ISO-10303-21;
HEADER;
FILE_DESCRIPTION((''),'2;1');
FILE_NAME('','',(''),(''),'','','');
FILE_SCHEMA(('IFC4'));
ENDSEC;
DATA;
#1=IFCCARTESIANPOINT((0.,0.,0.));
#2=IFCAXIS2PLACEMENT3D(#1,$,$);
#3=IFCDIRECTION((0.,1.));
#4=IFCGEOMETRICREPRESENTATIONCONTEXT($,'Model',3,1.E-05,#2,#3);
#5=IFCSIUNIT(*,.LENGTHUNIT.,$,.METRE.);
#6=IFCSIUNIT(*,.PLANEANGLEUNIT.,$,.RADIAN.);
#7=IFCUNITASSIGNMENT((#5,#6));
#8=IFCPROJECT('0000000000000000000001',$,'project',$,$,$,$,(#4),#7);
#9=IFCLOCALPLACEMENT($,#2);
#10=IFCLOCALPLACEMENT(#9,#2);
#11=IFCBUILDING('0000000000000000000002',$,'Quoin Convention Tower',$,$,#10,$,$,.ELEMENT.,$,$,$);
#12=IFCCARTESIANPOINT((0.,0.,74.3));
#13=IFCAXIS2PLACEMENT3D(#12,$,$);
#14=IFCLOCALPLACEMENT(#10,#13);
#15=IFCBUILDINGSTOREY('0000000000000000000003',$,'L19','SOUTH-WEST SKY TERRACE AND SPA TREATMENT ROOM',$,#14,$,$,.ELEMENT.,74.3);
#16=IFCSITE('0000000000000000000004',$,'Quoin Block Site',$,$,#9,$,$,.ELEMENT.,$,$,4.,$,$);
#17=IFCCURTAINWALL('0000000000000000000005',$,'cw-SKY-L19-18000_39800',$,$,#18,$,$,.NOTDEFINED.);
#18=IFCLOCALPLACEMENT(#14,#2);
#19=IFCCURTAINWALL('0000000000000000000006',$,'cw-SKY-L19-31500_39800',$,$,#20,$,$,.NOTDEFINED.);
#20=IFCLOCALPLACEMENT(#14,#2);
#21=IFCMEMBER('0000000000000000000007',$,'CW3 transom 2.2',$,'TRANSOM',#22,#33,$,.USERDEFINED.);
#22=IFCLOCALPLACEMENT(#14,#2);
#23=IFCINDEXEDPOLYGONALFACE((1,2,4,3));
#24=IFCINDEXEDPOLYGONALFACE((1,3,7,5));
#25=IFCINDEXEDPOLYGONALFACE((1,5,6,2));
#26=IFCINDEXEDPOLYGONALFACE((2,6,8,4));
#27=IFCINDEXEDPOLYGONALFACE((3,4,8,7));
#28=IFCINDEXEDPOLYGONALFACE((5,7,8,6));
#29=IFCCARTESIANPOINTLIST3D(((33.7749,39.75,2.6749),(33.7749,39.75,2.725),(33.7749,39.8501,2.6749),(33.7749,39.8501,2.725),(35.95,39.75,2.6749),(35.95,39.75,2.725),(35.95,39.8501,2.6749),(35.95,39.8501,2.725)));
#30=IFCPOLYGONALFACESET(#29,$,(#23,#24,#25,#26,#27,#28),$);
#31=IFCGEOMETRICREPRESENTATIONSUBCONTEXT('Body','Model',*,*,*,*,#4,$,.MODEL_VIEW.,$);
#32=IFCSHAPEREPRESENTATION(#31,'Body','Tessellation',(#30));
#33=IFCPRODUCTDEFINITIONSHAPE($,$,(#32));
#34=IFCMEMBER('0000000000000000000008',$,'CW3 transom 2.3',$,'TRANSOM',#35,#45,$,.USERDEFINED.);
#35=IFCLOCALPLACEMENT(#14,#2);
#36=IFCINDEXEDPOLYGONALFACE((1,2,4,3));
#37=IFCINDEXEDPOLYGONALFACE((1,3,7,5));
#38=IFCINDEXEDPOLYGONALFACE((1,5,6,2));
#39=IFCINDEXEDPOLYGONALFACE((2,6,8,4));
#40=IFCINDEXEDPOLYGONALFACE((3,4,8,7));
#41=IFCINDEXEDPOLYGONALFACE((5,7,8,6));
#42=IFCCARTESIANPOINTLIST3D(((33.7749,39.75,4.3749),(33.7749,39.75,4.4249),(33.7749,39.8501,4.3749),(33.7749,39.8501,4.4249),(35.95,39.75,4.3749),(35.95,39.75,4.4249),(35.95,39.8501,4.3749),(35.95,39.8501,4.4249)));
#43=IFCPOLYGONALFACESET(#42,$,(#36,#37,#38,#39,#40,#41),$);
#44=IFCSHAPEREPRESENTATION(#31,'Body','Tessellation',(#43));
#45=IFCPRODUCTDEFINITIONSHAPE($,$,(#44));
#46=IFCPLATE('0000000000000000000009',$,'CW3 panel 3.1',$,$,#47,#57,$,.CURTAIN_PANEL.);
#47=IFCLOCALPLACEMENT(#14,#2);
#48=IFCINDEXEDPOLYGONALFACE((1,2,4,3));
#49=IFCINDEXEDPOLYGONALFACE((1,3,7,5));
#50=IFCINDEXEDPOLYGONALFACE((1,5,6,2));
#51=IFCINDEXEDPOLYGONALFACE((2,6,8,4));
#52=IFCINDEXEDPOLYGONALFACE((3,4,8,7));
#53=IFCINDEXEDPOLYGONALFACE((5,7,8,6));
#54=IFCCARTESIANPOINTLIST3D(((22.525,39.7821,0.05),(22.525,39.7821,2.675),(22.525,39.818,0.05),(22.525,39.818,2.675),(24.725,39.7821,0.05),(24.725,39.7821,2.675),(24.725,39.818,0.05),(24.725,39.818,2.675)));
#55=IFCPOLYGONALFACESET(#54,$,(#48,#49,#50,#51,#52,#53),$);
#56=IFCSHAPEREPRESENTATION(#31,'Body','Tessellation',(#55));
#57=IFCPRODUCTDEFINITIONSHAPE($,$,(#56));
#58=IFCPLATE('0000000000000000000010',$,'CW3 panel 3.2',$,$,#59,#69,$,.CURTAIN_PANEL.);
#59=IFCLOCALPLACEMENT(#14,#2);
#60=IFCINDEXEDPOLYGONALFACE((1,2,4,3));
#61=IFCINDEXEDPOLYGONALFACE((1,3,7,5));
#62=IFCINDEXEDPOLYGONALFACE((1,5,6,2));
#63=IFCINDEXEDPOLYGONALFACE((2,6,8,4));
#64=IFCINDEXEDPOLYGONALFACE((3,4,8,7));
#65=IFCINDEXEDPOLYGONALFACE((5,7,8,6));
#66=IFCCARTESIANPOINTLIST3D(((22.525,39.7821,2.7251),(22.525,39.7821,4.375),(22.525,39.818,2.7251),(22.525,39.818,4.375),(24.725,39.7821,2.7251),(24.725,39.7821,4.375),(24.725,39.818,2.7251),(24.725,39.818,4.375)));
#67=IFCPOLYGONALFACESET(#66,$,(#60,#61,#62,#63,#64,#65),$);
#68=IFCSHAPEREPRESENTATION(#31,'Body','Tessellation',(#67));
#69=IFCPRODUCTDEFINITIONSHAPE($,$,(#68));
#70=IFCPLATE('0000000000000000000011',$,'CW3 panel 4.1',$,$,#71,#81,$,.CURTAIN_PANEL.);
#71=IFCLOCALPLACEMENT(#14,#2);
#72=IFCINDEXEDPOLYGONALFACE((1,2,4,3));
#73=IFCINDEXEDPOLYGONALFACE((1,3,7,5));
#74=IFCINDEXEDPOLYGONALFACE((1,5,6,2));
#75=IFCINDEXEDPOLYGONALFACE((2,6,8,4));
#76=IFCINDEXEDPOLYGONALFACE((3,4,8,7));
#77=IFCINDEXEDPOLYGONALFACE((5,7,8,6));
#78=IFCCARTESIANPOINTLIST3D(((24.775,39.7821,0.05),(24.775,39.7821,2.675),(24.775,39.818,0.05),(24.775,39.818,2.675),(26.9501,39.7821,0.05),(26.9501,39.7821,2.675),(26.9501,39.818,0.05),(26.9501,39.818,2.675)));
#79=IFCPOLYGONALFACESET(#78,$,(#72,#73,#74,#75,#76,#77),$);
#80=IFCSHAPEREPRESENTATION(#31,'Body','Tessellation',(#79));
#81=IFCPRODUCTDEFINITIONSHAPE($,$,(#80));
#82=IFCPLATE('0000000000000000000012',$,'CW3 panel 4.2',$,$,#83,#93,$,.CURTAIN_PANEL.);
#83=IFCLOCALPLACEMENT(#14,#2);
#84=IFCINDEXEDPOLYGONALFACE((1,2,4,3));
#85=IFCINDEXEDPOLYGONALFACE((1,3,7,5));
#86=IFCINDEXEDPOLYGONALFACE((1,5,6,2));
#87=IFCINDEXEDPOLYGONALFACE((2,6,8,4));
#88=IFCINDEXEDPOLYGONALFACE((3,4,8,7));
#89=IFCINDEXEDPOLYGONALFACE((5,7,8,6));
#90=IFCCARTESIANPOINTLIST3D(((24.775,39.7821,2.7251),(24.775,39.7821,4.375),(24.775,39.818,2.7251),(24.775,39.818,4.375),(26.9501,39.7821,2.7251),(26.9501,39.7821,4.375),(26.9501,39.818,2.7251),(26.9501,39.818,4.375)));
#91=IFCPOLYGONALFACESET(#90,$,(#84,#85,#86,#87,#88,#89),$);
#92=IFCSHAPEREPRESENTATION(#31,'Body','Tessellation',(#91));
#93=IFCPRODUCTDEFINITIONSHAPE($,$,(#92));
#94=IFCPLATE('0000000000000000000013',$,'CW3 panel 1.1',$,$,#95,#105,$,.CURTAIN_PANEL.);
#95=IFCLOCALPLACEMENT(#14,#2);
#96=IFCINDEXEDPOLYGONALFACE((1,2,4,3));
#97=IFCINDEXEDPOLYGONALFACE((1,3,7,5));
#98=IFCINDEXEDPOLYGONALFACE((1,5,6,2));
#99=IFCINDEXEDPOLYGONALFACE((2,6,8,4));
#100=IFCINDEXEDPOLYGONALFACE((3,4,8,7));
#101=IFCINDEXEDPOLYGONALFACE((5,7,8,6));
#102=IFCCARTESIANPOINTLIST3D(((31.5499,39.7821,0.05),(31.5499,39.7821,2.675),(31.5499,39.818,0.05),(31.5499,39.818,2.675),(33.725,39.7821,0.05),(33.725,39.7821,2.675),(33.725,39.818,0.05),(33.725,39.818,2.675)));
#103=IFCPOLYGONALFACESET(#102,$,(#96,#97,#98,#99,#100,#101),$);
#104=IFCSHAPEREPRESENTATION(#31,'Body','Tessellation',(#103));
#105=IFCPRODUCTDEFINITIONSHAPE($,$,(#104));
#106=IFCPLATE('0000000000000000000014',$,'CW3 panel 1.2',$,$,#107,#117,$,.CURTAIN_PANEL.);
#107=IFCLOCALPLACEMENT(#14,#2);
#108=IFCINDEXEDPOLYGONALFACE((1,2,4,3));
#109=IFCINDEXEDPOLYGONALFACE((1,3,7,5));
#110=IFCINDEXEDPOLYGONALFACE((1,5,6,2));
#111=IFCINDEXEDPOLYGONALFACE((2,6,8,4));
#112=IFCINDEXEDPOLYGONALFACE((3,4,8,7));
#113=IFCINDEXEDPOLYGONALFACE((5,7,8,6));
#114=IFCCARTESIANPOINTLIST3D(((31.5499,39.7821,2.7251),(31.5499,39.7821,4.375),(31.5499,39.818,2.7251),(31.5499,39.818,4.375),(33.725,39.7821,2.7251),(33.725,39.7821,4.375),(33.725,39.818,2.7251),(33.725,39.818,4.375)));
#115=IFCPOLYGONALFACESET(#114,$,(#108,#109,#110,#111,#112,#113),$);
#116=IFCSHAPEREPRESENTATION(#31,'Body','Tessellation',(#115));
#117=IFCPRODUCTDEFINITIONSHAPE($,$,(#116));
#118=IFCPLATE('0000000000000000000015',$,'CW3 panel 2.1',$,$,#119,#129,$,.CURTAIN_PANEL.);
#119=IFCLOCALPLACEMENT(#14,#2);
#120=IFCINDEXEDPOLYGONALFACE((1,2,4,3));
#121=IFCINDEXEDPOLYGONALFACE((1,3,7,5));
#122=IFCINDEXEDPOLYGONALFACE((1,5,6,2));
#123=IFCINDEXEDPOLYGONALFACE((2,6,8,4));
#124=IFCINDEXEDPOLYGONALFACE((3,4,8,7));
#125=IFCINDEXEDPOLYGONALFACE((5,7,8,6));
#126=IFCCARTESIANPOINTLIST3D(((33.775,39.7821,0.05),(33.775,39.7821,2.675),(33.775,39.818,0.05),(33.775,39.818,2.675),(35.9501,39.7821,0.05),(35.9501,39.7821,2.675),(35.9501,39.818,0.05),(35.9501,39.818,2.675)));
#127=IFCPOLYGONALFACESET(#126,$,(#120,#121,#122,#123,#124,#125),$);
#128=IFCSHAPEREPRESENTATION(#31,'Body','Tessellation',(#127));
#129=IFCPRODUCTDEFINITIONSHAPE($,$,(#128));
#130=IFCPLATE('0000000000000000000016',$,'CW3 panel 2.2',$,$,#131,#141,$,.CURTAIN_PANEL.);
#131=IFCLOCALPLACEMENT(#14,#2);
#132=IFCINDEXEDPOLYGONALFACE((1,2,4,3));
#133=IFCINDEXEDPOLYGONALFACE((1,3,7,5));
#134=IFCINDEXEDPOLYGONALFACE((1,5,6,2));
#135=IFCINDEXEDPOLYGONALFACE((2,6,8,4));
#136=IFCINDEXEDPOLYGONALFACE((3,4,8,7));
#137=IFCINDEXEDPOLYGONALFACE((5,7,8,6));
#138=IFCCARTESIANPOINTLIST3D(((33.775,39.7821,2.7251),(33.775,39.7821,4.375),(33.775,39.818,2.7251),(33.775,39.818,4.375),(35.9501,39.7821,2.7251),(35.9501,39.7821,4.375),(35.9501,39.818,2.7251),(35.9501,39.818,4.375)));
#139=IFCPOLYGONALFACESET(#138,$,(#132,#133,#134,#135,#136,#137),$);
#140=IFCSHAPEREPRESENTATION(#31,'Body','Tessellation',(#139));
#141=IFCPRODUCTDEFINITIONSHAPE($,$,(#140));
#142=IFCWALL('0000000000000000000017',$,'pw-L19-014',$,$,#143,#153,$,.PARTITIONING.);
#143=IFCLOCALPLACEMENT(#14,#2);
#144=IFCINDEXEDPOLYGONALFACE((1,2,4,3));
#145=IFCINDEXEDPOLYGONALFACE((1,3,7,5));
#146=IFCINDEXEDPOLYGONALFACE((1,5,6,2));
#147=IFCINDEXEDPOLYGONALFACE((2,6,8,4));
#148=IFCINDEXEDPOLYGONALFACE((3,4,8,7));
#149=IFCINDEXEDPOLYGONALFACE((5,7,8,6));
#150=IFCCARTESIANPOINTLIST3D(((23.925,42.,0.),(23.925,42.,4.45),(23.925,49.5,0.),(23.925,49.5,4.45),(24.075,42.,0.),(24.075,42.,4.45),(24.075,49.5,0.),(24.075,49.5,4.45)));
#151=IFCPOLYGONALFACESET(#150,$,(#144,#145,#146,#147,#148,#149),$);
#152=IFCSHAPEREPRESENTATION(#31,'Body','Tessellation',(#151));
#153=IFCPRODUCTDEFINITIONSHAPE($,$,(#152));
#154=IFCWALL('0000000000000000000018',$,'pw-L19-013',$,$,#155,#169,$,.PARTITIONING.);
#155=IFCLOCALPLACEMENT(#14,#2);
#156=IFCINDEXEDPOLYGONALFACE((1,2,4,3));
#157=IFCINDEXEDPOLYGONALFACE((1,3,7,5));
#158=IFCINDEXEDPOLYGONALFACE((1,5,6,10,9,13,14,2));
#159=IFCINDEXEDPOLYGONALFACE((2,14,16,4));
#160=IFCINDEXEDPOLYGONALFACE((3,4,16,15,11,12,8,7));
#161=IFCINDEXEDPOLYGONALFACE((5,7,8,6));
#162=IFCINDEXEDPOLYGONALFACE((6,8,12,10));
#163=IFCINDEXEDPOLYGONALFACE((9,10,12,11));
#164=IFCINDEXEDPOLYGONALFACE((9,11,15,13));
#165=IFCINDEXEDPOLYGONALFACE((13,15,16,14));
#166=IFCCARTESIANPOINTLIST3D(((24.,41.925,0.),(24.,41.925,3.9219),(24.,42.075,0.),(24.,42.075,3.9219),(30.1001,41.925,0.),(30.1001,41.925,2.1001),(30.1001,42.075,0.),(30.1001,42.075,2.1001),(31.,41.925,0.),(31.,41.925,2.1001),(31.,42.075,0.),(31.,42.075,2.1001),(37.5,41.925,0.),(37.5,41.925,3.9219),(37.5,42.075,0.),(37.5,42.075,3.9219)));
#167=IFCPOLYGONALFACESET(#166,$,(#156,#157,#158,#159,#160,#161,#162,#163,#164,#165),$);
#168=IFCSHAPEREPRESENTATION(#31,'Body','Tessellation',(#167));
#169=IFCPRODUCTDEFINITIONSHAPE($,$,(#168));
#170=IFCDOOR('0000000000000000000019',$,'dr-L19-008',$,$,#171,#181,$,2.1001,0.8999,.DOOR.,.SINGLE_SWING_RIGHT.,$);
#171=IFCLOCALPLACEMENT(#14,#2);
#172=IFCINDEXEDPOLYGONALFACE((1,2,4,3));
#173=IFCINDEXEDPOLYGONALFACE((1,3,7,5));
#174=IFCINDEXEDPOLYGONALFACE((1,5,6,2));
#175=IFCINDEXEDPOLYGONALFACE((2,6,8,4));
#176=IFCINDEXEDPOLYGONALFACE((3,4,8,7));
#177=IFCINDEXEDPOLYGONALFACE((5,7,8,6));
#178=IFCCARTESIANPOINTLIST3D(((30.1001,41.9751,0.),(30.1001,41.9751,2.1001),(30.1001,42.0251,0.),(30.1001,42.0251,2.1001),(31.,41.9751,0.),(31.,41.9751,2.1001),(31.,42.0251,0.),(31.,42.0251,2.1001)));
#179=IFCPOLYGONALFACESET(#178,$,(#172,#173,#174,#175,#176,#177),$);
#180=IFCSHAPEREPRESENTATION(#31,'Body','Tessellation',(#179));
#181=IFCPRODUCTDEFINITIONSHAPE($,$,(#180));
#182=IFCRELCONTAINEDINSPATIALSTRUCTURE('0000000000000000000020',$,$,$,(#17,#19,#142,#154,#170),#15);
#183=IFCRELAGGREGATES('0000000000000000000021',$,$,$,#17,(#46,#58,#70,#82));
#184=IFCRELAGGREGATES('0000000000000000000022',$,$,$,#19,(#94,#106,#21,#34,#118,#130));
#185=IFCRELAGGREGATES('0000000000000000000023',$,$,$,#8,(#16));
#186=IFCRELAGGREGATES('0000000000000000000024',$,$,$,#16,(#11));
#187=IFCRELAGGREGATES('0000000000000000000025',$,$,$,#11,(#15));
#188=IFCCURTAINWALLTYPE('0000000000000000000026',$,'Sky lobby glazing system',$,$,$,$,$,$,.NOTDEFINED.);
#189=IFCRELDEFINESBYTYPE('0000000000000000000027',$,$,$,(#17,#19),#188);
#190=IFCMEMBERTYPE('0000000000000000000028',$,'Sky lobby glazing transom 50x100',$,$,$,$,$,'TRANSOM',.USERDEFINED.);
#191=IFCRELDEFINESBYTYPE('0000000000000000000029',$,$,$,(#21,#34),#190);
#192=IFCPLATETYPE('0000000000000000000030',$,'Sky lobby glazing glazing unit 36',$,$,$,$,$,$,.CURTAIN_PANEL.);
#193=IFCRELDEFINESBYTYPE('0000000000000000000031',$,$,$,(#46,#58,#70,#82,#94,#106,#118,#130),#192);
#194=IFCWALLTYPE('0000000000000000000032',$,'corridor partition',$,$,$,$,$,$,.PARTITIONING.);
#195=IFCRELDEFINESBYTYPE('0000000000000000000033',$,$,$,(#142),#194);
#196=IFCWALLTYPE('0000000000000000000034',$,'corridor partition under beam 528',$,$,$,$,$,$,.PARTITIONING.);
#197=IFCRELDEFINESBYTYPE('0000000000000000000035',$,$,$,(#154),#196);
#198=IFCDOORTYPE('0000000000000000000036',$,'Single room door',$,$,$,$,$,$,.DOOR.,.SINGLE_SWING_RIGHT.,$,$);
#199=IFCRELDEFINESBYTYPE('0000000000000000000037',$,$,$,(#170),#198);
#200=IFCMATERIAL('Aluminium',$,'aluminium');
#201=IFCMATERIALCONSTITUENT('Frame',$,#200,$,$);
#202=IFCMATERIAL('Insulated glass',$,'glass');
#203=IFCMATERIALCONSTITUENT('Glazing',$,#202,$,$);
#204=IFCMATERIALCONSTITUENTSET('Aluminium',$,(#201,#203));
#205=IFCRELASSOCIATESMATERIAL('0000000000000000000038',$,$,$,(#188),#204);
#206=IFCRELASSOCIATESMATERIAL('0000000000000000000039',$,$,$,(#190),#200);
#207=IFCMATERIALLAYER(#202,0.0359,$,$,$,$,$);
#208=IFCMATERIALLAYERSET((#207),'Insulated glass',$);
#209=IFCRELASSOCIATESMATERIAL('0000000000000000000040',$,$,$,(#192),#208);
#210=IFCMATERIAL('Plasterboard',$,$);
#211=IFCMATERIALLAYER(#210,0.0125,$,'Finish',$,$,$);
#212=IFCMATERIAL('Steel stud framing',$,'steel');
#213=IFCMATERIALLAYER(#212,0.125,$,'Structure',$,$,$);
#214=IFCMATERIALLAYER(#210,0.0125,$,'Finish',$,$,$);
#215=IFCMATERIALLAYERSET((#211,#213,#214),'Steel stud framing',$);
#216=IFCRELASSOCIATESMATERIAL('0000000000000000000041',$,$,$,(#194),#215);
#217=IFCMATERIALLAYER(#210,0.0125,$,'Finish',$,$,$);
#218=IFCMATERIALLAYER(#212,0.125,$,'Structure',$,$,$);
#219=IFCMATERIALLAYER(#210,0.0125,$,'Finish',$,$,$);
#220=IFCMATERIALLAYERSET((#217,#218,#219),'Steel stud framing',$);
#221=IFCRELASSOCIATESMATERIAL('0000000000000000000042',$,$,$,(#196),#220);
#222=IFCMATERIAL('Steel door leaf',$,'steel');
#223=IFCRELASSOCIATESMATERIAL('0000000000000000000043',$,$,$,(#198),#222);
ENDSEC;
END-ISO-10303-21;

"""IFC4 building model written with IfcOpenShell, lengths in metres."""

from ifc_helpers import new_model, si_unit, direction, frame, frame_2d, origin, origin_2d, place, context, subcontext, project, spatial, rectangle, extrude, material, layer, layer_set, constituent, constituent_set, material_profile, profile_set, type_object, element, fill, aggregate, save


model = new_model("IFC4")

# Units and contexts
model_context = context("Model", 3, precision=1e-05, world=origin(), true_north=direction((0.0, 1.0)))
body_context = subcontext(model_context, "Body", "Model", "MODEL_VIEW")
ifc_project = project(units=[si_unit("LENGTHUNIT", "METRE"), si_unit("PLANEANGLEUNIT", "RADIAN")], contexts=[model_context])

# Site, building, storey
site_placement = place(None, origin())
site = spatial("IfcSite", under=ifc_project, at=site_placement, Name="Quoin Block Site", CompositionType="ELEMENT", RefElevation=4.0)
building_placement = place(site_placement, origin())
building = spatial("IfcBuilding", under=site, at=building_placement, Name="Quoin Convention Tower", CompositionType="ELEMENT")
storey_placement = place(building_placement, frame((0.0, 0.0, 74.3)))
storey = spatial("IfcBuildingStorey", under=building, at=storey_placement, Name="L19", Description="SOUTH-WEST SKY TERRACE AND SPA TREATMENT ROOM", CompositionType="ELEMENT", Elevation=74.3)

# Curtain walls
ifc_material_1 = material(Name="Aluminium", Category="aluminium")
ifc_constituent_1 = constituent(ifc_material_1, Name="Frame")
ifc_material_2 = material(Name="Insulated glass", Category="glass")
ifc_constituent_2 = constituent(ifc_material_2, Name="Glazing")
ifc_constituent_set_1 = constituent_set(constituents=[ifc_constituent_1, ifc_constituent_2], Name="Aluminium")
curtain_wall_type = type_object("IfcCurtainWallType", Name="Sky lobby glazing system", PredefinedType="NOTDEFINED", material=ifc_constituent_set_1)
curtain_wall_1_placement = place(storey_placement, origin())
curtain_wall_1 = element("IfcCurtainWall", 1, at=curtain_wall_1_placement, inside=storey, type_object=curtain_wall_type, Name="cw-SKY-L19-18000_39800", PredefinedType="NOTDEFINED")
curtain_wall_2_placement = place(storey_placement, origin())
curtain_wall_2 = element("IfcCurtainWall", 2, at=curtain_wall_2_placement, inside=storey, type_object=curtain_wall_type, Name="cw-SKY-L19-31500_39800", PredefinedType="NOTDEFINED")

# Members
ifc_material_profile_1 = material_profile(ifc_material_1, rectangle(XDim=0.1001, YDim=0.05, at=origin_2d()), Name="Sky lobby glazing transom 50x100")
ifc_profile_set_1 = profile_set([ifc_material_profile_1], Name="Aluminium")
member_type_1 = type_object("IfcMemberType", Name="Sky lobby glazing transom 50x100", ElementType="TRANSOM", PredefinedType="USERDEFINED", material=ifc_profile_set_1)
member_1_placement = place(storey_placement, frame((33.7749, 39.8, 2.7), z_axis=(1.0, 0.0, 0.0), x_axis=(0.0, 1.0, 0.0)))
member_1 = element("IfcMember", 3, at=member_1_placement, type_object=member_type_1, Name="CW3 transom 2.2", ObjectType="TRANSOM", PredefinedType="USERDEFINED", context=body_context, shape_type="SweptSolid", body=[
    extrude(rectangle(XDim=0.1001, YDim=0.05, at=origin_2d()), origin(), (0.0, 0.0, 1.0), 2.175),
])
member_2_placement = place(storey_placement, frame((33.7749, 39.8, 4.3999), z_axis=(1.0, 0.0, 0.0), x_axis=(0.0, 1.0, 0.0)))
member_2 = element("IfcMember", 4, at=member_2_placement, type_object=member_type_1, Name="CW3 transom 2.3", ObjectType="TRANSOM", PredefinedType="USERDEFINED", context=body_context, shape_type="SweptSolid", body=[
    extrude(rectangle(XDim=0.1001, YDim=0.05, at=origin_2d()), origin(), (0.0, 0.0, 1.0), 2.175),
])

# Plates
ifc_layer_1 = layer(ifc_material_2, 0.0359)
ifc_layer_set_1 = layer_set([ifc_layer_1], Name="Insulated glass")
plate_type = type_object("IfcPlateType", Name="Sky lobby glazing glazing unit 36", PredefinedType="CURTAIN_PANEL", material=ifc_layer_set_1)
plate_1_placement = place(storey_placement, frame((23.625, 39.8, 0.05), z_axis=(0.0, 0.0, 1.0), x_axis=(1.0, 0.0, 0.0)))
plate_1 = element("IfcPlate", 5, at=plate_1_placement, type_object=plate_type, Name="CW3 panel 3.1", PredefinedType="CURTAIN_PANEL", context=body_context, shape_type="SweptSolid", body=[
    extrude(rectangle(XDim=2.2, YDim=0.0359, at=origin_2d()), origin(), (0.0, 0.0, 1.0), 2.625),
])
plate_2_placement = place(storey_placement, frame((23.625, 39.8, 2.7251), z_axis=(0.0, 0.0, 1.0), x_axis=(1.0, 0.0, 0.0)))
plate_2 = element("IfcPlate", 6, at=plate_2_placement, type_object=plate_type, Name="CW3 panel 3.2", PredefinedType="CURTAIN_PANEL", context=body_context, shape_type="SweptSolid", body=[
    extrude(rectangle(XDim=2.2, YDim=0.0359, at=origin_2d()), origin(), (0.0, 0.0, 1.0), 1.6499),
])
plate_3_placement = place(storey_placement, frame((25.8625, 39.8, 0.05), z_axis=(0.0, 0.0, 1.0), x_axis=(1.0, 0.0, 0.0)))
plate_3 = element("IfcPlate", 7, at=plate_3_placement, type_object=plate_type, Name="CW3 panel 4.1", PredefinedType="CURTAIN_PANEL", context=body_context, shape_type="SweptSolid", body=[
    extrude(rectangle(XDim=2.175, YDim=0.0359, at=origin_2d()), origin(), (0.0, 0.0, 1.0), 2.625),
])
plate_4_placement = place(storey_placement, frame((25.8625, 39.8, 2.7251), z_axis=(0.0, 0.0, 1.0), x_axis=(1.0, 0.0, 0.0)))
plate_4 = element("IfcPlate", 8, at=plate_4_placement, type_object=plate_type, Name="CW3 panel 4.2", PredefinedType="CURTAIN_PANEL", context=body_context, shape_type="SweptSolid", body=[
    extrude(rectangle(XDim=2.175, YDim=0.0359, at=origin_2d()), origin(), (0.0, 0.0, 1.0), 1.6499),
])
aggregate(curtain_wall_1, [plate_1, plate_2, plate_3, plate_4])
plate_5_placement = place(storey_placement, frame((32.6375, 39.8, 0.05), z_axis=(0.0, 0.0, 1.0), x_axis=(1.0, 0.0, 0.0)))
plate_5 = element("IfcPlate", 9, at=plate_5_placement, type_object=plate_type, Name="CW3 panel 1.1", PredefinedType="CURTAIN_PANEL", context=body_context, shape_type="SweptSolid", body=[
    extrude(rectangle(XDim=2.175, YDim=0.0359, at=origin_2d()), origin(), (0.0, 0.0, 1.0), 2.625),
])
plate_6_placement = place(storey_placement, frame((32.6375, 39.8, 2.7251), z_axis=(0.0, 0.0, 1.0), x_axis=(1.0, 0.0, 0.0)))
plate_6 = element("IfcPlate", 10, at=plate_6_placement, type_object=plate_type, Name="CW3 panel 1.2", PredefinedType="CURTAIN_PANEL", context=body_context, shape_type="SweptSolid", body=[
    extrude(rectangle(XDim=2.175, YDim=0.0359, at=origin_2d()), origin(), (0.0, 0.0, 1.0), 1.6499),
])
plate_7_placement = place(storey_placement, frame((34.8625, 39.8, 0.05), z_axis=(0.0, 0.0, 1.0), x_axis=(1.0, 0.0, 0.0)))
plate_7 = element("IfcPlate", 11, at=plate_7_placement, type_object=plate_type, Name="CW3 panel 2.1", PredefinedType="CURTAIN_PANEL", context=body_context, shape_type="SweptSolid", body=[
    extrude(rectangle(XDim=2.175, YDim=0.0359, at=origin_2d()), origin(), (0.0, 0.0, 1.0), 2.625),
])
plate_8_placement = place(storey_placement, frame((34.8625, 39.8, 2.7251), z_axis=(0.0, 0.0, 1.0), x_axis=(1.0, 0.0, 0.0)))
plate_8 = element("IfcPlate", 12, at=plate_8_placement, type_object=plate_type, Name="CW3 panel 2.2", PredefinedType="CURTAIN_PANEL", context=body_context, shape_type="SweptSolid", body=[
    extrude(rectangle(XDim=2.175, YDim=0.0359, at=origin_2d()), origin(), (0.0, 0.0, 1.0), 1.6499),
])
aggregate(curtain_wall_2, [plate_5, plate_6, member_1, member_2, plate_7, plate_8])

# Wall
ifc_material_3 = material(Name="Plasterboard")
ifc_layer_2 = layer(ifc_material_3, 0.0125, Name="Finish")
ifc_material_4 = material(Name="Steel stud framing", Category="steel")
ifc_layer_3 = layer(ifc_material_4, 0.125, Name="Structure")
ifc_layer_4 = layer(ifc_material_3, 0.0125, Name="Finish")
ifc_layer_set_2 = layer_set([ifc_layer_2, ifc_layer_3, ifc_layer_4], Name="Steel stud framing")
wall_type_1 = type_object("IfcWallType", Name="corridor partition", PredefinedType="PARTITIONING", material=ifc_layer_set_2)
wall_1_placement = place(storey_placement, frame((24.0, 42.0, 0.0), z_axis=(0.0, 0.0, 1.0), x_axis=(0.0, 1.0, 0.0)))
element("IfcWall", 13, at=wall_1_placement, inside=storey, type_object=wall_type_1, Name="pw-L19-014", PredefinedType="PARTITIONING", context=body_context, shape_type="SweptSolid", body=[
    extrude(rectangle(XDim=7.5, YDim=0.1499, at=frame_2d((3.75, 0.0))), origin(), (0.0, 0.0, 1.0), 4.45),
])

# Wall, opening, door
ifc_layer_5 = layer(ifc_material_3, 0.0125, Name="Finish")
ifc_layer_6 = layer(ifc_material_4, 0.125, Name="Structure")
ifc_layer_7 = layer(ifc_material_3, 0.0125, Name="Finish")
ifc_layer_set_3 = layer_set([ifc_layer_5, ifc_layer_6, ifc_layer_7], Name="Steel stud framing")
wall_type_2 = type_object("IfcWallType", Name="corridor partition under beam 528", PredefinedType="PARTITIONING", material=ifc_layer_set_3)
wall_2_placement = place(storey_placement, frame((24.0, 42.0, 0.0), z_axis=(0.0, 0.0, 1.0), x_axis=(1.0, 0.0, 0.0)))
wall_2 = element("IfcWall", 14, at=wall_2_placement, inside=storey, type_object=wall_type_2, Name="pw-L19-013", PredefinedType="PARTITIONING", context=body_context, shape_type="SweptSolid", body=[
    extrude(rectangle(XDim=13.5, YDim=0.1499, at=frame_2d((6.75, 0.0))), origin(), (0.0, 0.0, 1.0), 3.9219),
])
opening_1_placement = place(wall_2_placement, frame((6.1001, 0.0, 0.0)))
opening_1 = element("IfcOpeningElement", 15, at=opening_1_placement, cuts=wall_2, PredefinedType="OPENING", context=body_context, shape_type="SweptSolid", body=[
    extrude(rectangle(XDim=0.8999, YDim=2.1001, at=frame_2d((0.45, 1.05))), frame((0.0, 0.085, 0.0), z_axis=(0.0, -1.0, 0.0), x_axis=(1.0, 0.0, 0.0)), (0.0, 0.0, 1.0), 0.1699),
])
ifc_material_5 = material(Name="Steel door leaf", Category="steel")
door_type_1 = type_object("IfcDoorType", Name="Single room door", OperationType="SINGLE_SWING_RIGHT", PredefinedType="DOOR", material=ifc_material_5)
door_1_placement = place(opening_1_placement, frame((0.8999, 0.0, 0.0), z_axis=(0.0, 0.0, 1.0), x_axis=(-1.0, 0.0, 0.0)))
door_1 = element("IfcDoor", 16, at=door_1_placement, inside=storey, type_object=door_type_1, Name="dr-L19-008", OperationType="SINGLE_SWING_RIGHT", OverallHeight=2.1001, OverallWidth=0.8999, PredefinedType="DOOR", context=body_context, shape_type="SweptSolid", body=[
    extrude(rectangle(XDim=0.8999, YDim=2.1001, at=frame_2d((0.45, 1.05))), frame((0.0, 0.0249, 0.0), z_axis=(0.0, -1.0, 0.0), x_axis=(1.0, 0.0, 0.0)), (0.0, 0.0, 1.0), 0.05),
])
fill(opening_1, door_1)

save(model, "model.ifc")
